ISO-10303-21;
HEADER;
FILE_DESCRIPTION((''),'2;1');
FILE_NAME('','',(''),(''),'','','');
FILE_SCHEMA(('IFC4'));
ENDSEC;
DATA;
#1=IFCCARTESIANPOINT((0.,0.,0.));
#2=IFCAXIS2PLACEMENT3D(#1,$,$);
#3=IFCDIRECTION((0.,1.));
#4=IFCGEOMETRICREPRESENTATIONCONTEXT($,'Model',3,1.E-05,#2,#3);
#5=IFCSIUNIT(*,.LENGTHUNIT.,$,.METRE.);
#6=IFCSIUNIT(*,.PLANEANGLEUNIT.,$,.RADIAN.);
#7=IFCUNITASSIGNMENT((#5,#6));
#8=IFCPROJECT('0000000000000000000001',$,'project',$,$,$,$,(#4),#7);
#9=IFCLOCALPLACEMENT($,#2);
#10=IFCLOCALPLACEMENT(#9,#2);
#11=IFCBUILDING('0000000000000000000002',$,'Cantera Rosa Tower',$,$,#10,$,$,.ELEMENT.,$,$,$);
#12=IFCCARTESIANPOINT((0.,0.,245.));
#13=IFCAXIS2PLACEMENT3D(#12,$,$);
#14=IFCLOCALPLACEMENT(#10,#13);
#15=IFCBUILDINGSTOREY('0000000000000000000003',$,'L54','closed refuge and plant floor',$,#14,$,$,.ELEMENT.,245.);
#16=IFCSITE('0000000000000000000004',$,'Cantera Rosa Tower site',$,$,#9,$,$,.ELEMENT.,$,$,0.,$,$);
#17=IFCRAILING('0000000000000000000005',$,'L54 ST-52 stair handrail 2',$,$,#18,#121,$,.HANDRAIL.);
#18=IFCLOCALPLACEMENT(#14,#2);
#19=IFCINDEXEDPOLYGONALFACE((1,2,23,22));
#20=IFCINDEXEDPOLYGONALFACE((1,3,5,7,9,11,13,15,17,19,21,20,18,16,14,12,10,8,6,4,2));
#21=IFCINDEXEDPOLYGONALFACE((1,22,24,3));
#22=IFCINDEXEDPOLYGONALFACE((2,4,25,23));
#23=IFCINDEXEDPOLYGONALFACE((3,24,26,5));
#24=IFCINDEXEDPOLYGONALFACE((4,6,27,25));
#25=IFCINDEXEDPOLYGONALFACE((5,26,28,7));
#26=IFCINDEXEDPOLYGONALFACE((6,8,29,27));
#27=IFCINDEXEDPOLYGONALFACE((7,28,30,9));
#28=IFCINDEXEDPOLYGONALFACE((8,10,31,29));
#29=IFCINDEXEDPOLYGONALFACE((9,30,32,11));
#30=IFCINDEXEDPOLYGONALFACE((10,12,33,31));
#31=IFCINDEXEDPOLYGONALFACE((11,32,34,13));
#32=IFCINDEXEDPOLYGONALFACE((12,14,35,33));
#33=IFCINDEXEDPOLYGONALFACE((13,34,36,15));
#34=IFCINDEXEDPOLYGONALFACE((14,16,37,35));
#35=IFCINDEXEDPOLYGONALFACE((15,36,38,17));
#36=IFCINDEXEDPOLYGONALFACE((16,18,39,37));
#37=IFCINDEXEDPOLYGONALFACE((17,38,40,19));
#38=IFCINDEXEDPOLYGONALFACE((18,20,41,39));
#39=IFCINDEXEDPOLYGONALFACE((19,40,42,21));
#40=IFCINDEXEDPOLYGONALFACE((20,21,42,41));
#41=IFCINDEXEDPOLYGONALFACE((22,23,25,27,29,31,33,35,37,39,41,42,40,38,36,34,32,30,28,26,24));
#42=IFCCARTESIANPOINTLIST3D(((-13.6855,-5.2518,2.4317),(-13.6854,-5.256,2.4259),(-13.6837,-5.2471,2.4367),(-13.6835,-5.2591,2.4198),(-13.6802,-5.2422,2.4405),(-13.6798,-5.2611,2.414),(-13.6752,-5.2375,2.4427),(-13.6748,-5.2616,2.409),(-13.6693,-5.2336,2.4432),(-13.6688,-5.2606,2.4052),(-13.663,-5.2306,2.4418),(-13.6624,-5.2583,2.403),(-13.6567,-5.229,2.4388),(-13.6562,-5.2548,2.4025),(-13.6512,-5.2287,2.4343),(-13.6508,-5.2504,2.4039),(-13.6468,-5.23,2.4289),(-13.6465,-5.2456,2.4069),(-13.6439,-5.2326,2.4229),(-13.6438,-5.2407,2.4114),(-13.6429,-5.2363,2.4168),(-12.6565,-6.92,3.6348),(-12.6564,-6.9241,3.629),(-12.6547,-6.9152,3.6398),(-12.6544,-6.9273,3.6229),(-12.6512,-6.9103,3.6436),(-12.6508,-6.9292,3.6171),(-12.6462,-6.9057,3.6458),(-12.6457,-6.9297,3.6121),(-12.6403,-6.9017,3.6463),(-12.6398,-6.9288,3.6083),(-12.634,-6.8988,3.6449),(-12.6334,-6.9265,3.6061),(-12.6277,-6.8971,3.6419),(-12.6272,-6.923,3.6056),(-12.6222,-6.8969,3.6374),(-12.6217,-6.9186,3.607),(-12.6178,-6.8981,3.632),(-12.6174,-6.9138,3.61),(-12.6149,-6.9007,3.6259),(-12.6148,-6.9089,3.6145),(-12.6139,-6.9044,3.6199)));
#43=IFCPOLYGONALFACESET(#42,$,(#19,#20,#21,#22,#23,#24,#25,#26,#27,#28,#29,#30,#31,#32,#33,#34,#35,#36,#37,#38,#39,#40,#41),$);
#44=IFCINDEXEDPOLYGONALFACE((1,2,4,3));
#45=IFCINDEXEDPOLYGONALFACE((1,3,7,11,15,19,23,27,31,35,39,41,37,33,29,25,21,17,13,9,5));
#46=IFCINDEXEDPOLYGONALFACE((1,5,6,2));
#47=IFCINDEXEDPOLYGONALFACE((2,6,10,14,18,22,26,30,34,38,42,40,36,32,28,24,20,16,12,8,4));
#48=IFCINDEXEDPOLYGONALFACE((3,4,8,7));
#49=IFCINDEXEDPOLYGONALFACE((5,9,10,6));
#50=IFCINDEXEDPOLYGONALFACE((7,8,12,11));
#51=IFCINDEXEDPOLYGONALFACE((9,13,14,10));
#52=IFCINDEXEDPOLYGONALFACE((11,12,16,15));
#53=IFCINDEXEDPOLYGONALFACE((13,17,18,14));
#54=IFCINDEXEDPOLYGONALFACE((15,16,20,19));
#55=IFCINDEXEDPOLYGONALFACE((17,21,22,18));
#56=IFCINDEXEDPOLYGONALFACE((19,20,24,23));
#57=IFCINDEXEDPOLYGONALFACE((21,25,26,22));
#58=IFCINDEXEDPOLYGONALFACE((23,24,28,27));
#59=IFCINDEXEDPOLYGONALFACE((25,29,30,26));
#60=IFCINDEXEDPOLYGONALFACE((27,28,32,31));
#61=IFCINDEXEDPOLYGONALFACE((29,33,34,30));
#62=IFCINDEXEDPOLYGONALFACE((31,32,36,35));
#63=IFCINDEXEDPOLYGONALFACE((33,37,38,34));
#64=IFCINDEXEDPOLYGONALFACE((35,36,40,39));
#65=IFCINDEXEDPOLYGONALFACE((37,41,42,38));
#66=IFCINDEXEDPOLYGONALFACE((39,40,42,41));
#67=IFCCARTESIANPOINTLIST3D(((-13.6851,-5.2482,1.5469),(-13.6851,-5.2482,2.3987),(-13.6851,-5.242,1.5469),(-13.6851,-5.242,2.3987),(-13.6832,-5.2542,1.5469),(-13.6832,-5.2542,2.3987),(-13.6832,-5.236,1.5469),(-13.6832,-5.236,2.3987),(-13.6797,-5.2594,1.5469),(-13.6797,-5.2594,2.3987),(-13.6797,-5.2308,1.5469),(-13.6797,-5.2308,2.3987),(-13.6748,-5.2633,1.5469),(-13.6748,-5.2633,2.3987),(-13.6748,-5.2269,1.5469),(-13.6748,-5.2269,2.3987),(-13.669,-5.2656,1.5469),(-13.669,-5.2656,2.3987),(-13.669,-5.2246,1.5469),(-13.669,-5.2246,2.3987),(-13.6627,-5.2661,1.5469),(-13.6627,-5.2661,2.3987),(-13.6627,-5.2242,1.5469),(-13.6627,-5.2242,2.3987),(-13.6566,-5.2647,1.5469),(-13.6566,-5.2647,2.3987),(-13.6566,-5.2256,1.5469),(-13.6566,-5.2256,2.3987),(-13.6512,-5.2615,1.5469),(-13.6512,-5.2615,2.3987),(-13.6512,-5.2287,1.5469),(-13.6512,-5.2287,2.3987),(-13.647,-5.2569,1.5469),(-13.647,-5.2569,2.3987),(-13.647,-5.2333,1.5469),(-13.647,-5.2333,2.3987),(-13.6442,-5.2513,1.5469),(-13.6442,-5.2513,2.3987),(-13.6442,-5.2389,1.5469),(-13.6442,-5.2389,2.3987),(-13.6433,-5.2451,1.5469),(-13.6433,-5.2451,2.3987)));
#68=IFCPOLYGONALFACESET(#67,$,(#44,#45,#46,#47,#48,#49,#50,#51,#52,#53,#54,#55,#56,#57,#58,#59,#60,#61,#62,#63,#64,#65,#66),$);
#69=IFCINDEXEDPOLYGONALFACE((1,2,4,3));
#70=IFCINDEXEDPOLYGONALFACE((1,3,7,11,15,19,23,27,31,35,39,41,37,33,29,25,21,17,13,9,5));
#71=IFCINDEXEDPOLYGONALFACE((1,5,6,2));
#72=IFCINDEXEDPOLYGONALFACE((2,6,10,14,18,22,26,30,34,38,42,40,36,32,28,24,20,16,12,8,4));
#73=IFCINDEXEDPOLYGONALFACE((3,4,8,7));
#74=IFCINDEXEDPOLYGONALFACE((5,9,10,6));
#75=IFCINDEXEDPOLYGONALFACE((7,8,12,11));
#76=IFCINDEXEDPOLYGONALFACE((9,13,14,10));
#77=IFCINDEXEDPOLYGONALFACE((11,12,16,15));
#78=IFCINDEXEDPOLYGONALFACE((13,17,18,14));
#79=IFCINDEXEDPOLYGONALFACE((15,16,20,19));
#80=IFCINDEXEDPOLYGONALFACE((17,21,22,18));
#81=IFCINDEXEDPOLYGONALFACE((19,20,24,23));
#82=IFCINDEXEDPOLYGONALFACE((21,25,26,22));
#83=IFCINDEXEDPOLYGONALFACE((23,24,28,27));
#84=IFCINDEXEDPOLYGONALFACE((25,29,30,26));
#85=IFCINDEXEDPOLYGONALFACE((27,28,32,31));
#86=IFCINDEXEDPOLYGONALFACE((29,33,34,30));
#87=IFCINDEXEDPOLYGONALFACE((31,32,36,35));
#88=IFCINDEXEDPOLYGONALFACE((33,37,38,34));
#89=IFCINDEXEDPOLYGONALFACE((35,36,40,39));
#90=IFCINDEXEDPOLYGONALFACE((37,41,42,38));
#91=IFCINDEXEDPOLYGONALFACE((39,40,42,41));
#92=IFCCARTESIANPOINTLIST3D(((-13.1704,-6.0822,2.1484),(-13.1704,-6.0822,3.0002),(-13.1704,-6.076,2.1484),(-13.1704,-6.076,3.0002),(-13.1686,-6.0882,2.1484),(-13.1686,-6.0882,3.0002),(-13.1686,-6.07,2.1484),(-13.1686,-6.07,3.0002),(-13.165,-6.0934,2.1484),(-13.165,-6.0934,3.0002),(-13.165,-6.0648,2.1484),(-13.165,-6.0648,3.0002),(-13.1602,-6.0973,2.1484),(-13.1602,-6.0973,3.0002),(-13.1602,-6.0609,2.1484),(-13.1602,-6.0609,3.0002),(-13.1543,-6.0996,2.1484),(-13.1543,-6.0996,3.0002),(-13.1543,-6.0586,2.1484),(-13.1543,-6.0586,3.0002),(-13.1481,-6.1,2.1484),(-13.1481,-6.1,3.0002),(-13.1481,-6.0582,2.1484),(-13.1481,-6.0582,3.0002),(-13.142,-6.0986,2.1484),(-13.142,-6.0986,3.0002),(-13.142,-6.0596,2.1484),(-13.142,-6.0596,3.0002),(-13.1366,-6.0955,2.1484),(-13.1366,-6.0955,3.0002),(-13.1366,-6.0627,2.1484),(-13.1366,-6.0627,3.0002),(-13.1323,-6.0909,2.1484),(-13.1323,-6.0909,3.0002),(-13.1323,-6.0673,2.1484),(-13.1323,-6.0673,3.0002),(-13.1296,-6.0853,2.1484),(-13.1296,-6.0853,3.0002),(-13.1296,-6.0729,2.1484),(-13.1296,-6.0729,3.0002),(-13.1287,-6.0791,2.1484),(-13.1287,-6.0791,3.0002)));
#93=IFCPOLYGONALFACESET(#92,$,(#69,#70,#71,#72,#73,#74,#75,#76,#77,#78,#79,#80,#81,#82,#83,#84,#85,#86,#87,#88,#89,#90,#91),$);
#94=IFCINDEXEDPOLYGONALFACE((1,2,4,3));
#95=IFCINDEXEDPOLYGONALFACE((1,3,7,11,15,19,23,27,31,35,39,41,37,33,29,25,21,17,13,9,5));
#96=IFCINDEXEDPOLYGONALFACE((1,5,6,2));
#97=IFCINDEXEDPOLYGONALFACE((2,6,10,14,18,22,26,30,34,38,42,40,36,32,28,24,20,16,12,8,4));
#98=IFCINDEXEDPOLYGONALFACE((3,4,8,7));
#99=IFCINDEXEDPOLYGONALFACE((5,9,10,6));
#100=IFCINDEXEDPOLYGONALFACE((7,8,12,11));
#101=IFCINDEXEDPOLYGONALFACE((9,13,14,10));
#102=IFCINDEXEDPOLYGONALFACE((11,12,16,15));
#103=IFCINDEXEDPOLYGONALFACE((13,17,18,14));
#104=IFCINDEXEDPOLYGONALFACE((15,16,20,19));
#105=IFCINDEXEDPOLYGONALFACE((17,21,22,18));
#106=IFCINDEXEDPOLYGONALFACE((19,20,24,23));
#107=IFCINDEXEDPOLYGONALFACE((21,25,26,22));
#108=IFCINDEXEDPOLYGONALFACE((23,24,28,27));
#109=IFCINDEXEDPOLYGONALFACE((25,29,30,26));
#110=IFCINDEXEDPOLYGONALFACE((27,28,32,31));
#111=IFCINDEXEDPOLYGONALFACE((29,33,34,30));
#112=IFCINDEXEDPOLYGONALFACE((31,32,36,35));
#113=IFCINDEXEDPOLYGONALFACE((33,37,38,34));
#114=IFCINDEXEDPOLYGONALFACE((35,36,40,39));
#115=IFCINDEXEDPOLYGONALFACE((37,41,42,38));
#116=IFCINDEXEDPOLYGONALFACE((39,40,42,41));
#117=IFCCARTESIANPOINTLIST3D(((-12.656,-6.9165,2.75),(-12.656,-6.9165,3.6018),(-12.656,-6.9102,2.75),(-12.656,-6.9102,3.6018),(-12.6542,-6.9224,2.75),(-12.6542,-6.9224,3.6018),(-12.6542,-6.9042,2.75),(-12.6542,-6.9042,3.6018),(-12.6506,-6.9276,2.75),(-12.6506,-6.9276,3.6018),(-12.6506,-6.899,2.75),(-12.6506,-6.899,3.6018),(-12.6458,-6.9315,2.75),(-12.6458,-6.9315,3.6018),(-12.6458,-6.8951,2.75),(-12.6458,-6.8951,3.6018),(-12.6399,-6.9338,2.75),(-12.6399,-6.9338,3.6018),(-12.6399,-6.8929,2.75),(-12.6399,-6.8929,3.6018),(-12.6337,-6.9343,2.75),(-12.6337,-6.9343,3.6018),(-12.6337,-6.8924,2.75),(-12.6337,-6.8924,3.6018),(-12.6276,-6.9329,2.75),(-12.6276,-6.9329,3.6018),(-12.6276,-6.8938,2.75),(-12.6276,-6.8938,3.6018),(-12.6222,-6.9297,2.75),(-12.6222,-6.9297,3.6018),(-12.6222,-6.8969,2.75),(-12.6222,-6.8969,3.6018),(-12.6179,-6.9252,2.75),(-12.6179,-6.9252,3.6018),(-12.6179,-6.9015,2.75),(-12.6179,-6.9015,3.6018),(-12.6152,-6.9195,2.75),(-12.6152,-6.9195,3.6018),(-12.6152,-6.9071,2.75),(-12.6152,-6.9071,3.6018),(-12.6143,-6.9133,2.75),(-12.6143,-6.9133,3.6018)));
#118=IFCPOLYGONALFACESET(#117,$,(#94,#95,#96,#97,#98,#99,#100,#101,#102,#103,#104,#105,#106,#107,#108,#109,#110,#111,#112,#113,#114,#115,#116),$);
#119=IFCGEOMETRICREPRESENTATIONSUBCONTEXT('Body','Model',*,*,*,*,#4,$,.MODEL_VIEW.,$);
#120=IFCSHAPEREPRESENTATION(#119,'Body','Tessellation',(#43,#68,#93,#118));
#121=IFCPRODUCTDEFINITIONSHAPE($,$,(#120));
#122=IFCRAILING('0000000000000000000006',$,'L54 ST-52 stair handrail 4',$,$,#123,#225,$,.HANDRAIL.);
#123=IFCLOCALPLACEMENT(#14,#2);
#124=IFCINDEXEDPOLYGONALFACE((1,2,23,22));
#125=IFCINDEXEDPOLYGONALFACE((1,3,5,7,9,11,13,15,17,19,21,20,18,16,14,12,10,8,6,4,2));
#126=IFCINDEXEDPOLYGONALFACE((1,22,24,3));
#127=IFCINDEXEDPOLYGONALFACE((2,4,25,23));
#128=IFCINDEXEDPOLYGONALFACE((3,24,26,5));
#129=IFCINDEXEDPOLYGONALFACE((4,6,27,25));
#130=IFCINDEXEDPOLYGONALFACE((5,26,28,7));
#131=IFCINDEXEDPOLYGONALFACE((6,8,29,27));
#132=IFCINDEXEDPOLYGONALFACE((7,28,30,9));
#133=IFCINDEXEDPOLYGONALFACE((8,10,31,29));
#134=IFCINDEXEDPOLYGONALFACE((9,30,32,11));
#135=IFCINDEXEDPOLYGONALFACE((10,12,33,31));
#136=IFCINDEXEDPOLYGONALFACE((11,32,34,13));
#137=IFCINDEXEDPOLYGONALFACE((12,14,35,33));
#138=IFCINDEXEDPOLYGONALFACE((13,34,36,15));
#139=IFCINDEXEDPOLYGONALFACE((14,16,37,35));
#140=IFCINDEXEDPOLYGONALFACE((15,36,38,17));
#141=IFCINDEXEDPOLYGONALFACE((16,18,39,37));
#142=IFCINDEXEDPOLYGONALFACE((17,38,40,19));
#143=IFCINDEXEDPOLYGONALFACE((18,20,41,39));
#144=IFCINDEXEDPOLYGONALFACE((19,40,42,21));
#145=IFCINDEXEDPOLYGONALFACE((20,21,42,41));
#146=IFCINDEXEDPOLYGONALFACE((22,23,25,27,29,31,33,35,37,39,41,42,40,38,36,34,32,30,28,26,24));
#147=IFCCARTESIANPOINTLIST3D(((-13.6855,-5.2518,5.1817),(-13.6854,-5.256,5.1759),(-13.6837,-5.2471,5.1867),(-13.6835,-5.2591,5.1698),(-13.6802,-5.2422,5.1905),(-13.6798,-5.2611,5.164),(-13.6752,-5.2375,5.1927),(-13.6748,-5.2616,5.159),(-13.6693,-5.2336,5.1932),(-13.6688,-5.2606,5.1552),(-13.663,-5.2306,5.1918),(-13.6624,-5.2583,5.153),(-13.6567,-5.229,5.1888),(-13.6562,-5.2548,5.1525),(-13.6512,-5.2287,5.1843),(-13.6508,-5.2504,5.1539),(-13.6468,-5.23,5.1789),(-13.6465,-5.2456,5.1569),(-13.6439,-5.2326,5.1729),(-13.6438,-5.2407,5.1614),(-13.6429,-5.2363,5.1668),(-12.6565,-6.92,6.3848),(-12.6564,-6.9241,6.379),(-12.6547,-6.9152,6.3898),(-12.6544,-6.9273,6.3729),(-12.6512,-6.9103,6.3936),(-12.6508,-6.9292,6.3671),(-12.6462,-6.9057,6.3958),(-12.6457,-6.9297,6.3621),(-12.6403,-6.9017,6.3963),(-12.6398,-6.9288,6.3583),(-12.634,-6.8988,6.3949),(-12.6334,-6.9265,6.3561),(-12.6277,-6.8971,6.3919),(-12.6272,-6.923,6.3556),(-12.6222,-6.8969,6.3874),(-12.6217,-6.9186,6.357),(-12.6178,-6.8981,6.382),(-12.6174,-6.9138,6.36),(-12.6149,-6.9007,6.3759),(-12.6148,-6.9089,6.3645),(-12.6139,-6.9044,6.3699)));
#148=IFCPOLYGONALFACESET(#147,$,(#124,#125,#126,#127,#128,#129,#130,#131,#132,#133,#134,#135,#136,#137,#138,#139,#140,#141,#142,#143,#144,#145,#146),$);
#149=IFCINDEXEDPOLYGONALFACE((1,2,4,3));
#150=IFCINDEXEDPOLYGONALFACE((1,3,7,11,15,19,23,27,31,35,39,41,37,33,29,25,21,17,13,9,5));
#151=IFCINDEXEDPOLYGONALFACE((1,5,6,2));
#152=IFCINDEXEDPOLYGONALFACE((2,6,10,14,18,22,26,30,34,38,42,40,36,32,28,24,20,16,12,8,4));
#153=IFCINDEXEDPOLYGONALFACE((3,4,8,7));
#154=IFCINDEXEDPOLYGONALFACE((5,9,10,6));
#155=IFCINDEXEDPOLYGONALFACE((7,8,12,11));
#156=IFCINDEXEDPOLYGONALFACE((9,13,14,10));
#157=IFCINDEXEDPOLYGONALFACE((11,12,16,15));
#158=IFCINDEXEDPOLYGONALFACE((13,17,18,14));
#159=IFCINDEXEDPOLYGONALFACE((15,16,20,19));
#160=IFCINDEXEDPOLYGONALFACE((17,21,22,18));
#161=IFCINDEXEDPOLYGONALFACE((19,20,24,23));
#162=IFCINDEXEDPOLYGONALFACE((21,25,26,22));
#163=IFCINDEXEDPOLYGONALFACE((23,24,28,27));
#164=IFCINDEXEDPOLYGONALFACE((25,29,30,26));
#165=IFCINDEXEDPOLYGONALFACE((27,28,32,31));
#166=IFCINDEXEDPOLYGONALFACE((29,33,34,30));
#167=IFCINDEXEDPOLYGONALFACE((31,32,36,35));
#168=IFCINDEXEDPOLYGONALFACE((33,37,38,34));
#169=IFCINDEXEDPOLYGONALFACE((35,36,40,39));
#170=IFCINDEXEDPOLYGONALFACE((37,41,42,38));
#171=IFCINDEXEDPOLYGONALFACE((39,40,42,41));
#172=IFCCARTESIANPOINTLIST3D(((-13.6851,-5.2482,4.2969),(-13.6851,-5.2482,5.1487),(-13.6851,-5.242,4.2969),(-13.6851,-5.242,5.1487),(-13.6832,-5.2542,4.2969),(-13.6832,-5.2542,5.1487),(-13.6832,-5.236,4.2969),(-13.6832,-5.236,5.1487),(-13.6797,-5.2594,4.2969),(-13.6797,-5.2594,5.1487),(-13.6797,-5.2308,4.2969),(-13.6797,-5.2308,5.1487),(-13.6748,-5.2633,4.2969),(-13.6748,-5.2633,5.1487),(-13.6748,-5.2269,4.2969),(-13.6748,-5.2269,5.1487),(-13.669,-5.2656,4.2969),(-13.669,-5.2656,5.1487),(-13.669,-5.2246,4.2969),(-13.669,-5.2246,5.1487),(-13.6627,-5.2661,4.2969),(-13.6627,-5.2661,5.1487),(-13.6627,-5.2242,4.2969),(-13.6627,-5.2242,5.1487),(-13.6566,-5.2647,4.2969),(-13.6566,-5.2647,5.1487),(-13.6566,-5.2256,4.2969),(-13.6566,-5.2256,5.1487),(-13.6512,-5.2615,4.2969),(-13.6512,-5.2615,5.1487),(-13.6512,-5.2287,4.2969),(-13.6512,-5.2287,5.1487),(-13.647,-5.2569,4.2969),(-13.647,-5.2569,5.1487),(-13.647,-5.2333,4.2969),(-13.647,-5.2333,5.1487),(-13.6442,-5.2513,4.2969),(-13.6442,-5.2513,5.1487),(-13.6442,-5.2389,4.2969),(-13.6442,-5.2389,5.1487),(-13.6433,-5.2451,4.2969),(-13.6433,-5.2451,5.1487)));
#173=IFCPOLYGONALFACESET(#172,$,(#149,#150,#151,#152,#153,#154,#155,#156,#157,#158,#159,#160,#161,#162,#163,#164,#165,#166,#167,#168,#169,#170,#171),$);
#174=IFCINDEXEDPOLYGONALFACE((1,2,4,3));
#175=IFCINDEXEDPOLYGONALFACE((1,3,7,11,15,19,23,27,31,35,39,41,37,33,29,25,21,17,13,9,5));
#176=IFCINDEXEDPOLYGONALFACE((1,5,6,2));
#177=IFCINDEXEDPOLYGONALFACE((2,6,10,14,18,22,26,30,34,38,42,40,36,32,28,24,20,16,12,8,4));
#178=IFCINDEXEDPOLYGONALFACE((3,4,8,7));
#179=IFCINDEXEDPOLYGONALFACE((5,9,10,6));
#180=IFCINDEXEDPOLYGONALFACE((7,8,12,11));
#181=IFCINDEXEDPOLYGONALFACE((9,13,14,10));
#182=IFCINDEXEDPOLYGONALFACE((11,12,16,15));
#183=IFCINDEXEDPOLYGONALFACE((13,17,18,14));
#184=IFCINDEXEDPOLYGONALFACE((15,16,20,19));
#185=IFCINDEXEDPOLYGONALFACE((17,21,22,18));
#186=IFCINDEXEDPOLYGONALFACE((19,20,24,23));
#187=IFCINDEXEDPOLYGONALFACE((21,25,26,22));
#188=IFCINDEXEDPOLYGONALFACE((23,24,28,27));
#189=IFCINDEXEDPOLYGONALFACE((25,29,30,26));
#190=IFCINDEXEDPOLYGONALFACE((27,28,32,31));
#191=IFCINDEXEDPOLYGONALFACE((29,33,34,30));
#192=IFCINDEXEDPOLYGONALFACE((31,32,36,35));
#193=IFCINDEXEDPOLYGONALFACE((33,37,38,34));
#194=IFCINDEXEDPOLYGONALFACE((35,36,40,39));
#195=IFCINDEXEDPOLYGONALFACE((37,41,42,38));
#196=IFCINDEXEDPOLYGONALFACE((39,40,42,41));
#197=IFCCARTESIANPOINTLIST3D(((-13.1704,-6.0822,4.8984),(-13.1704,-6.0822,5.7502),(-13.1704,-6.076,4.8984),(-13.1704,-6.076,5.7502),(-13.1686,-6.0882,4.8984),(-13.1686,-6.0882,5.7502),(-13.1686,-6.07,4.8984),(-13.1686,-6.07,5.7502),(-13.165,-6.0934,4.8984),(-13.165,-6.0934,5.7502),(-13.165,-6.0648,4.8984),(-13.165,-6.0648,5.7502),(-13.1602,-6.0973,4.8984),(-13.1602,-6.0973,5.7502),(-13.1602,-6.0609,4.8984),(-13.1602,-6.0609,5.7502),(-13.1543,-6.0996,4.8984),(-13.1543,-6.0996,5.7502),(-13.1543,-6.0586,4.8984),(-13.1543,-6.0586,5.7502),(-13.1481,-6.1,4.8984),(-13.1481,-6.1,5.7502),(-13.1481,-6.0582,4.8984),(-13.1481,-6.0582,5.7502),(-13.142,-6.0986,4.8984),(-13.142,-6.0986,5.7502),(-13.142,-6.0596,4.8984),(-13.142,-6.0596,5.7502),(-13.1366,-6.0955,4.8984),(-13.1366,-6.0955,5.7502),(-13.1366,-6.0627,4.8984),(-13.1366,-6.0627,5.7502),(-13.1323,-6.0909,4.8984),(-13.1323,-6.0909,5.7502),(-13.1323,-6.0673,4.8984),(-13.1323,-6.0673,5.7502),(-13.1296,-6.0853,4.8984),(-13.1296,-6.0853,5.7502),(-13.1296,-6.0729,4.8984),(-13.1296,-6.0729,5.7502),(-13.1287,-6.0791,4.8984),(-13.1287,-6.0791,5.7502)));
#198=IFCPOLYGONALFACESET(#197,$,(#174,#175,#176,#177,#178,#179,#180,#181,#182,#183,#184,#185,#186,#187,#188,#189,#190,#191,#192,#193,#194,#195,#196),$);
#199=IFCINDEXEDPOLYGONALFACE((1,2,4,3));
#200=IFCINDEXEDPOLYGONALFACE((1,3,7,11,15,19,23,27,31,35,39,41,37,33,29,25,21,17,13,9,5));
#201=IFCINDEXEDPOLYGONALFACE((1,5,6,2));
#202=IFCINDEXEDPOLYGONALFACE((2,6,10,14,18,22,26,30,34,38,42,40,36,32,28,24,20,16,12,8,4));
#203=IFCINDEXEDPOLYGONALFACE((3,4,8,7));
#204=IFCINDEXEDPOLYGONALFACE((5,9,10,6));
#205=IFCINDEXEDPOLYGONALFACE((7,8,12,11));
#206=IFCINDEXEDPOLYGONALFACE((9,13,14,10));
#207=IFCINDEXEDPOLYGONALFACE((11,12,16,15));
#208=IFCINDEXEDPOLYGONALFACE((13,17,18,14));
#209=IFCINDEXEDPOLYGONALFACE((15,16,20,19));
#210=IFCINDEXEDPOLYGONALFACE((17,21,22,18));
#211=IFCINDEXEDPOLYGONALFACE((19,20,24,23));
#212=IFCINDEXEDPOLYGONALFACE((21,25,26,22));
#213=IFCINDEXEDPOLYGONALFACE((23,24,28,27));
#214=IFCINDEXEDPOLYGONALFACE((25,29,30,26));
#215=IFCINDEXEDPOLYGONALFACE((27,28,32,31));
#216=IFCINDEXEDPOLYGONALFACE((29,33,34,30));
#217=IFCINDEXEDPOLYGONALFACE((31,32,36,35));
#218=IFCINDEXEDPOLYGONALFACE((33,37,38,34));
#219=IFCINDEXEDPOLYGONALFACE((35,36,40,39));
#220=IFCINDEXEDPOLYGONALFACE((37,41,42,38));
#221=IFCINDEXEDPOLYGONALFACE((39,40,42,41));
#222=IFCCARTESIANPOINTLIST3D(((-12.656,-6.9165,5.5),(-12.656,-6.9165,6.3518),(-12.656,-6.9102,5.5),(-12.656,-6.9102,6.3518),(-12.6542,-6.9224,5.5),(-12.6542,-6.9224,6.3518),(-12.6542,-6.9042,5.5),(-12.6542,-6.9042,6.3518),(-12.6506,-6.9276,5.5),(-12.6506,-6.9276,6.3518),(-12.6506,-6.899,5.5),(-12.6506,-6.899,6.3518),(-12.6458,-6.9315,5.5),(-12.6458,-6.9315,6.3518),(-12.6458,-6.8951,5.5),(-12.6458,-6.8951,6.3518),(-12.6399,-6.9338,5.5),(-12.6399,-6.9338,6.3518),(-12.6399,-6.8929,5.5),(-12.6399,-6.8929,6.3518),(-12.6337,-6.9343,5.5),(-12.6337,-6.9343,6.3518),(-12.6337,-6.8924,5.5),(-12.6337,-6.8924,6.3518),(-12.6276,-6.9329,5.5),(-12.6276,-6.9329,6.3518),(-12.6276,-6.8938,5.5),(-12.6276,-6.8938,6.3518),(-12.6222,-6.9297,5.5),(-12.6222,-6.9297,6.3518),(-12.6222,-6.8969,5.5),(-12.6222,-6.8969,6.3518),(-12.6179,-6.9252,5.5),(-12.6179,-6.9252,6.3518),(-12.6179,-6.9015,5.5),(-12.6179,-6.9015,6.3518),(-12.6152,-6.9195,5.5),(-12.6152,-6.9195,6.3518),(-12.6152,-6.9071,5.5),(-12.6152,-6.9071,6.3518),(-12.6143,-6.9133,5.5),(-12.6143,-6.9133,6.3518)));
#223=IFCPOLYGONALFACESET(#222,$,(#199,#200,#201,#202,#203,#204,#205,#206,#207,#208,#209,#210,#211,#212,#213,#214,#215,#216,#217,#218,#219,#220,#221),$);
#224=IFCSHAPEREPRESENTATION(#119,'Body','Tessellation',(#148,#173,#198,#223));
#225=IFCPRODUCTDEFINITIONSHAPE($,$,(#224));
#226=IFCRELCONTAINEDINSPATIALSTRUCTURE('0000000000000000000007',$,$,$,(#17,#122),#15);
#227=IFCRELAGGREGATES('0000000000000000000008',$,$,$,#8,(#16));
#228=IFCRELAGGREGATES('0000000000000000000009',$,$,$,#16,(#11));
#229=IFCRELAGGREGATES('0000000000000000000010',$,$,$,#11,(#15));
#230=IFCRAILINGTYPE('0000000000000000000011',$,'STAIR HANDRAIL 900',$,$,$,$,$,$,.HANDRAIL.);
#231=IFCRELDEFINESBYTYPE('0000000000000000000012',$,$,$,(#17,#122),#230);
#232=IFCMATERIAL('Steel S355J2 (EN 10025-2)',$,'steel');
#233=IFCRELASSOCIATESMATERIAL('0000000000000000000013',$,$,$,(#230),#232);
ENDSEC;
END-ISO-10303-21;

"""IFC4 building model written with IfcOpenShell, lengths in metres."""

from ifc_helpers import new_model, si_unit, direction, frame, origin, origin_2d, place, context, subcontext, project, spatial, circle, extrude, material, type_object, element, save


model = new_model("IFC4")

# Units and contexts
model_context = context("Model", 3, precision=1e-05, world=origin(), true_north=direction((0.0, 1.0)))
body_context = subcontext(model_context, "Body", "Model", "MODEL_VIEW")
ifc_project = project(units=[si_unit("LENGTHUNIT", "METRE"), si_unit("PLANEANGLEUNIT", "RADIAN")], contexts=[model_context])

# Site, building, storey
site_placement = place(None, origin())
site = spatial("IfcSite", under=ifc_project, at=site_placement, Name="Cantera Rosa Tower site", CompositionType="ELEMENT", RefElevation=0.0)
building_placement = place(site_placement, origin())
building = spatial("IfcBuilding", under=site, at=building_placement, Name="Cantera Rosa Tower", CompositionType="ELEMENT")
storey_placement = place(building_placement, frame((0.0, 0.0, 245.0)))
storey = spatial("IfcBuildingStorey", under=building, at=storey_placement, Name="L54", Description="closed refuge and plant floor", CompositionType="ELEMENT", Elevation=245.0)

# Railings
ifc_material_1 = material(Name="Steel S355J2 (EN 10025-2)", Category="steel")
railing_type_1 = type_object("IfcRailingType", Name="STAIR HANDRAIL 900", PredefinedType="HANDRAIL", material=ifc_material_1)
for number, where, name in (
    (1, (-13.6643, -5.2451, 1.5469), "L54 ST-52 stair handrail 2"),
    (2, (-13.6643, -5.2451, 4.2969), "L54 ST-52 stair handrail 4"),
):
    element("IfcRailing", number, at=place(storey_placement, frame(where)), inside=storey, type_object=railing_type_1, Name=name, PredefinedType="HANDRAIL", context=body_context, shape_type="SweptSolid", body=[
        extrude(circle(Radius=0.0239, at=origin_2d()), frame((0.0, 0.0, 0.876), z_axis=(0.44744, -0.725352, 0.523128), x_axis=(0.851098, 0.525008, 0.0)), (0.0, 0.0, 1.0), 2.2998),
        extrude(circle(Radius=0.021, at=origin_2d()), origin(), (0.0, 0.0, 1.0), 0.8518),
        extrude(circle(Radius=0.021, at=origin_2d()), frame((0.5146, -0.834, 0.6016)), (0.0, 0.0, 1.0), 0.8518),
        extrude(circle(Radius=0.021, at=origin_2d()), frame((1.0291, -1.6682, 1.2031)), (0.0, 0.0, 1.0), 0.8518),
    ])

save(model, "model.ifc")
